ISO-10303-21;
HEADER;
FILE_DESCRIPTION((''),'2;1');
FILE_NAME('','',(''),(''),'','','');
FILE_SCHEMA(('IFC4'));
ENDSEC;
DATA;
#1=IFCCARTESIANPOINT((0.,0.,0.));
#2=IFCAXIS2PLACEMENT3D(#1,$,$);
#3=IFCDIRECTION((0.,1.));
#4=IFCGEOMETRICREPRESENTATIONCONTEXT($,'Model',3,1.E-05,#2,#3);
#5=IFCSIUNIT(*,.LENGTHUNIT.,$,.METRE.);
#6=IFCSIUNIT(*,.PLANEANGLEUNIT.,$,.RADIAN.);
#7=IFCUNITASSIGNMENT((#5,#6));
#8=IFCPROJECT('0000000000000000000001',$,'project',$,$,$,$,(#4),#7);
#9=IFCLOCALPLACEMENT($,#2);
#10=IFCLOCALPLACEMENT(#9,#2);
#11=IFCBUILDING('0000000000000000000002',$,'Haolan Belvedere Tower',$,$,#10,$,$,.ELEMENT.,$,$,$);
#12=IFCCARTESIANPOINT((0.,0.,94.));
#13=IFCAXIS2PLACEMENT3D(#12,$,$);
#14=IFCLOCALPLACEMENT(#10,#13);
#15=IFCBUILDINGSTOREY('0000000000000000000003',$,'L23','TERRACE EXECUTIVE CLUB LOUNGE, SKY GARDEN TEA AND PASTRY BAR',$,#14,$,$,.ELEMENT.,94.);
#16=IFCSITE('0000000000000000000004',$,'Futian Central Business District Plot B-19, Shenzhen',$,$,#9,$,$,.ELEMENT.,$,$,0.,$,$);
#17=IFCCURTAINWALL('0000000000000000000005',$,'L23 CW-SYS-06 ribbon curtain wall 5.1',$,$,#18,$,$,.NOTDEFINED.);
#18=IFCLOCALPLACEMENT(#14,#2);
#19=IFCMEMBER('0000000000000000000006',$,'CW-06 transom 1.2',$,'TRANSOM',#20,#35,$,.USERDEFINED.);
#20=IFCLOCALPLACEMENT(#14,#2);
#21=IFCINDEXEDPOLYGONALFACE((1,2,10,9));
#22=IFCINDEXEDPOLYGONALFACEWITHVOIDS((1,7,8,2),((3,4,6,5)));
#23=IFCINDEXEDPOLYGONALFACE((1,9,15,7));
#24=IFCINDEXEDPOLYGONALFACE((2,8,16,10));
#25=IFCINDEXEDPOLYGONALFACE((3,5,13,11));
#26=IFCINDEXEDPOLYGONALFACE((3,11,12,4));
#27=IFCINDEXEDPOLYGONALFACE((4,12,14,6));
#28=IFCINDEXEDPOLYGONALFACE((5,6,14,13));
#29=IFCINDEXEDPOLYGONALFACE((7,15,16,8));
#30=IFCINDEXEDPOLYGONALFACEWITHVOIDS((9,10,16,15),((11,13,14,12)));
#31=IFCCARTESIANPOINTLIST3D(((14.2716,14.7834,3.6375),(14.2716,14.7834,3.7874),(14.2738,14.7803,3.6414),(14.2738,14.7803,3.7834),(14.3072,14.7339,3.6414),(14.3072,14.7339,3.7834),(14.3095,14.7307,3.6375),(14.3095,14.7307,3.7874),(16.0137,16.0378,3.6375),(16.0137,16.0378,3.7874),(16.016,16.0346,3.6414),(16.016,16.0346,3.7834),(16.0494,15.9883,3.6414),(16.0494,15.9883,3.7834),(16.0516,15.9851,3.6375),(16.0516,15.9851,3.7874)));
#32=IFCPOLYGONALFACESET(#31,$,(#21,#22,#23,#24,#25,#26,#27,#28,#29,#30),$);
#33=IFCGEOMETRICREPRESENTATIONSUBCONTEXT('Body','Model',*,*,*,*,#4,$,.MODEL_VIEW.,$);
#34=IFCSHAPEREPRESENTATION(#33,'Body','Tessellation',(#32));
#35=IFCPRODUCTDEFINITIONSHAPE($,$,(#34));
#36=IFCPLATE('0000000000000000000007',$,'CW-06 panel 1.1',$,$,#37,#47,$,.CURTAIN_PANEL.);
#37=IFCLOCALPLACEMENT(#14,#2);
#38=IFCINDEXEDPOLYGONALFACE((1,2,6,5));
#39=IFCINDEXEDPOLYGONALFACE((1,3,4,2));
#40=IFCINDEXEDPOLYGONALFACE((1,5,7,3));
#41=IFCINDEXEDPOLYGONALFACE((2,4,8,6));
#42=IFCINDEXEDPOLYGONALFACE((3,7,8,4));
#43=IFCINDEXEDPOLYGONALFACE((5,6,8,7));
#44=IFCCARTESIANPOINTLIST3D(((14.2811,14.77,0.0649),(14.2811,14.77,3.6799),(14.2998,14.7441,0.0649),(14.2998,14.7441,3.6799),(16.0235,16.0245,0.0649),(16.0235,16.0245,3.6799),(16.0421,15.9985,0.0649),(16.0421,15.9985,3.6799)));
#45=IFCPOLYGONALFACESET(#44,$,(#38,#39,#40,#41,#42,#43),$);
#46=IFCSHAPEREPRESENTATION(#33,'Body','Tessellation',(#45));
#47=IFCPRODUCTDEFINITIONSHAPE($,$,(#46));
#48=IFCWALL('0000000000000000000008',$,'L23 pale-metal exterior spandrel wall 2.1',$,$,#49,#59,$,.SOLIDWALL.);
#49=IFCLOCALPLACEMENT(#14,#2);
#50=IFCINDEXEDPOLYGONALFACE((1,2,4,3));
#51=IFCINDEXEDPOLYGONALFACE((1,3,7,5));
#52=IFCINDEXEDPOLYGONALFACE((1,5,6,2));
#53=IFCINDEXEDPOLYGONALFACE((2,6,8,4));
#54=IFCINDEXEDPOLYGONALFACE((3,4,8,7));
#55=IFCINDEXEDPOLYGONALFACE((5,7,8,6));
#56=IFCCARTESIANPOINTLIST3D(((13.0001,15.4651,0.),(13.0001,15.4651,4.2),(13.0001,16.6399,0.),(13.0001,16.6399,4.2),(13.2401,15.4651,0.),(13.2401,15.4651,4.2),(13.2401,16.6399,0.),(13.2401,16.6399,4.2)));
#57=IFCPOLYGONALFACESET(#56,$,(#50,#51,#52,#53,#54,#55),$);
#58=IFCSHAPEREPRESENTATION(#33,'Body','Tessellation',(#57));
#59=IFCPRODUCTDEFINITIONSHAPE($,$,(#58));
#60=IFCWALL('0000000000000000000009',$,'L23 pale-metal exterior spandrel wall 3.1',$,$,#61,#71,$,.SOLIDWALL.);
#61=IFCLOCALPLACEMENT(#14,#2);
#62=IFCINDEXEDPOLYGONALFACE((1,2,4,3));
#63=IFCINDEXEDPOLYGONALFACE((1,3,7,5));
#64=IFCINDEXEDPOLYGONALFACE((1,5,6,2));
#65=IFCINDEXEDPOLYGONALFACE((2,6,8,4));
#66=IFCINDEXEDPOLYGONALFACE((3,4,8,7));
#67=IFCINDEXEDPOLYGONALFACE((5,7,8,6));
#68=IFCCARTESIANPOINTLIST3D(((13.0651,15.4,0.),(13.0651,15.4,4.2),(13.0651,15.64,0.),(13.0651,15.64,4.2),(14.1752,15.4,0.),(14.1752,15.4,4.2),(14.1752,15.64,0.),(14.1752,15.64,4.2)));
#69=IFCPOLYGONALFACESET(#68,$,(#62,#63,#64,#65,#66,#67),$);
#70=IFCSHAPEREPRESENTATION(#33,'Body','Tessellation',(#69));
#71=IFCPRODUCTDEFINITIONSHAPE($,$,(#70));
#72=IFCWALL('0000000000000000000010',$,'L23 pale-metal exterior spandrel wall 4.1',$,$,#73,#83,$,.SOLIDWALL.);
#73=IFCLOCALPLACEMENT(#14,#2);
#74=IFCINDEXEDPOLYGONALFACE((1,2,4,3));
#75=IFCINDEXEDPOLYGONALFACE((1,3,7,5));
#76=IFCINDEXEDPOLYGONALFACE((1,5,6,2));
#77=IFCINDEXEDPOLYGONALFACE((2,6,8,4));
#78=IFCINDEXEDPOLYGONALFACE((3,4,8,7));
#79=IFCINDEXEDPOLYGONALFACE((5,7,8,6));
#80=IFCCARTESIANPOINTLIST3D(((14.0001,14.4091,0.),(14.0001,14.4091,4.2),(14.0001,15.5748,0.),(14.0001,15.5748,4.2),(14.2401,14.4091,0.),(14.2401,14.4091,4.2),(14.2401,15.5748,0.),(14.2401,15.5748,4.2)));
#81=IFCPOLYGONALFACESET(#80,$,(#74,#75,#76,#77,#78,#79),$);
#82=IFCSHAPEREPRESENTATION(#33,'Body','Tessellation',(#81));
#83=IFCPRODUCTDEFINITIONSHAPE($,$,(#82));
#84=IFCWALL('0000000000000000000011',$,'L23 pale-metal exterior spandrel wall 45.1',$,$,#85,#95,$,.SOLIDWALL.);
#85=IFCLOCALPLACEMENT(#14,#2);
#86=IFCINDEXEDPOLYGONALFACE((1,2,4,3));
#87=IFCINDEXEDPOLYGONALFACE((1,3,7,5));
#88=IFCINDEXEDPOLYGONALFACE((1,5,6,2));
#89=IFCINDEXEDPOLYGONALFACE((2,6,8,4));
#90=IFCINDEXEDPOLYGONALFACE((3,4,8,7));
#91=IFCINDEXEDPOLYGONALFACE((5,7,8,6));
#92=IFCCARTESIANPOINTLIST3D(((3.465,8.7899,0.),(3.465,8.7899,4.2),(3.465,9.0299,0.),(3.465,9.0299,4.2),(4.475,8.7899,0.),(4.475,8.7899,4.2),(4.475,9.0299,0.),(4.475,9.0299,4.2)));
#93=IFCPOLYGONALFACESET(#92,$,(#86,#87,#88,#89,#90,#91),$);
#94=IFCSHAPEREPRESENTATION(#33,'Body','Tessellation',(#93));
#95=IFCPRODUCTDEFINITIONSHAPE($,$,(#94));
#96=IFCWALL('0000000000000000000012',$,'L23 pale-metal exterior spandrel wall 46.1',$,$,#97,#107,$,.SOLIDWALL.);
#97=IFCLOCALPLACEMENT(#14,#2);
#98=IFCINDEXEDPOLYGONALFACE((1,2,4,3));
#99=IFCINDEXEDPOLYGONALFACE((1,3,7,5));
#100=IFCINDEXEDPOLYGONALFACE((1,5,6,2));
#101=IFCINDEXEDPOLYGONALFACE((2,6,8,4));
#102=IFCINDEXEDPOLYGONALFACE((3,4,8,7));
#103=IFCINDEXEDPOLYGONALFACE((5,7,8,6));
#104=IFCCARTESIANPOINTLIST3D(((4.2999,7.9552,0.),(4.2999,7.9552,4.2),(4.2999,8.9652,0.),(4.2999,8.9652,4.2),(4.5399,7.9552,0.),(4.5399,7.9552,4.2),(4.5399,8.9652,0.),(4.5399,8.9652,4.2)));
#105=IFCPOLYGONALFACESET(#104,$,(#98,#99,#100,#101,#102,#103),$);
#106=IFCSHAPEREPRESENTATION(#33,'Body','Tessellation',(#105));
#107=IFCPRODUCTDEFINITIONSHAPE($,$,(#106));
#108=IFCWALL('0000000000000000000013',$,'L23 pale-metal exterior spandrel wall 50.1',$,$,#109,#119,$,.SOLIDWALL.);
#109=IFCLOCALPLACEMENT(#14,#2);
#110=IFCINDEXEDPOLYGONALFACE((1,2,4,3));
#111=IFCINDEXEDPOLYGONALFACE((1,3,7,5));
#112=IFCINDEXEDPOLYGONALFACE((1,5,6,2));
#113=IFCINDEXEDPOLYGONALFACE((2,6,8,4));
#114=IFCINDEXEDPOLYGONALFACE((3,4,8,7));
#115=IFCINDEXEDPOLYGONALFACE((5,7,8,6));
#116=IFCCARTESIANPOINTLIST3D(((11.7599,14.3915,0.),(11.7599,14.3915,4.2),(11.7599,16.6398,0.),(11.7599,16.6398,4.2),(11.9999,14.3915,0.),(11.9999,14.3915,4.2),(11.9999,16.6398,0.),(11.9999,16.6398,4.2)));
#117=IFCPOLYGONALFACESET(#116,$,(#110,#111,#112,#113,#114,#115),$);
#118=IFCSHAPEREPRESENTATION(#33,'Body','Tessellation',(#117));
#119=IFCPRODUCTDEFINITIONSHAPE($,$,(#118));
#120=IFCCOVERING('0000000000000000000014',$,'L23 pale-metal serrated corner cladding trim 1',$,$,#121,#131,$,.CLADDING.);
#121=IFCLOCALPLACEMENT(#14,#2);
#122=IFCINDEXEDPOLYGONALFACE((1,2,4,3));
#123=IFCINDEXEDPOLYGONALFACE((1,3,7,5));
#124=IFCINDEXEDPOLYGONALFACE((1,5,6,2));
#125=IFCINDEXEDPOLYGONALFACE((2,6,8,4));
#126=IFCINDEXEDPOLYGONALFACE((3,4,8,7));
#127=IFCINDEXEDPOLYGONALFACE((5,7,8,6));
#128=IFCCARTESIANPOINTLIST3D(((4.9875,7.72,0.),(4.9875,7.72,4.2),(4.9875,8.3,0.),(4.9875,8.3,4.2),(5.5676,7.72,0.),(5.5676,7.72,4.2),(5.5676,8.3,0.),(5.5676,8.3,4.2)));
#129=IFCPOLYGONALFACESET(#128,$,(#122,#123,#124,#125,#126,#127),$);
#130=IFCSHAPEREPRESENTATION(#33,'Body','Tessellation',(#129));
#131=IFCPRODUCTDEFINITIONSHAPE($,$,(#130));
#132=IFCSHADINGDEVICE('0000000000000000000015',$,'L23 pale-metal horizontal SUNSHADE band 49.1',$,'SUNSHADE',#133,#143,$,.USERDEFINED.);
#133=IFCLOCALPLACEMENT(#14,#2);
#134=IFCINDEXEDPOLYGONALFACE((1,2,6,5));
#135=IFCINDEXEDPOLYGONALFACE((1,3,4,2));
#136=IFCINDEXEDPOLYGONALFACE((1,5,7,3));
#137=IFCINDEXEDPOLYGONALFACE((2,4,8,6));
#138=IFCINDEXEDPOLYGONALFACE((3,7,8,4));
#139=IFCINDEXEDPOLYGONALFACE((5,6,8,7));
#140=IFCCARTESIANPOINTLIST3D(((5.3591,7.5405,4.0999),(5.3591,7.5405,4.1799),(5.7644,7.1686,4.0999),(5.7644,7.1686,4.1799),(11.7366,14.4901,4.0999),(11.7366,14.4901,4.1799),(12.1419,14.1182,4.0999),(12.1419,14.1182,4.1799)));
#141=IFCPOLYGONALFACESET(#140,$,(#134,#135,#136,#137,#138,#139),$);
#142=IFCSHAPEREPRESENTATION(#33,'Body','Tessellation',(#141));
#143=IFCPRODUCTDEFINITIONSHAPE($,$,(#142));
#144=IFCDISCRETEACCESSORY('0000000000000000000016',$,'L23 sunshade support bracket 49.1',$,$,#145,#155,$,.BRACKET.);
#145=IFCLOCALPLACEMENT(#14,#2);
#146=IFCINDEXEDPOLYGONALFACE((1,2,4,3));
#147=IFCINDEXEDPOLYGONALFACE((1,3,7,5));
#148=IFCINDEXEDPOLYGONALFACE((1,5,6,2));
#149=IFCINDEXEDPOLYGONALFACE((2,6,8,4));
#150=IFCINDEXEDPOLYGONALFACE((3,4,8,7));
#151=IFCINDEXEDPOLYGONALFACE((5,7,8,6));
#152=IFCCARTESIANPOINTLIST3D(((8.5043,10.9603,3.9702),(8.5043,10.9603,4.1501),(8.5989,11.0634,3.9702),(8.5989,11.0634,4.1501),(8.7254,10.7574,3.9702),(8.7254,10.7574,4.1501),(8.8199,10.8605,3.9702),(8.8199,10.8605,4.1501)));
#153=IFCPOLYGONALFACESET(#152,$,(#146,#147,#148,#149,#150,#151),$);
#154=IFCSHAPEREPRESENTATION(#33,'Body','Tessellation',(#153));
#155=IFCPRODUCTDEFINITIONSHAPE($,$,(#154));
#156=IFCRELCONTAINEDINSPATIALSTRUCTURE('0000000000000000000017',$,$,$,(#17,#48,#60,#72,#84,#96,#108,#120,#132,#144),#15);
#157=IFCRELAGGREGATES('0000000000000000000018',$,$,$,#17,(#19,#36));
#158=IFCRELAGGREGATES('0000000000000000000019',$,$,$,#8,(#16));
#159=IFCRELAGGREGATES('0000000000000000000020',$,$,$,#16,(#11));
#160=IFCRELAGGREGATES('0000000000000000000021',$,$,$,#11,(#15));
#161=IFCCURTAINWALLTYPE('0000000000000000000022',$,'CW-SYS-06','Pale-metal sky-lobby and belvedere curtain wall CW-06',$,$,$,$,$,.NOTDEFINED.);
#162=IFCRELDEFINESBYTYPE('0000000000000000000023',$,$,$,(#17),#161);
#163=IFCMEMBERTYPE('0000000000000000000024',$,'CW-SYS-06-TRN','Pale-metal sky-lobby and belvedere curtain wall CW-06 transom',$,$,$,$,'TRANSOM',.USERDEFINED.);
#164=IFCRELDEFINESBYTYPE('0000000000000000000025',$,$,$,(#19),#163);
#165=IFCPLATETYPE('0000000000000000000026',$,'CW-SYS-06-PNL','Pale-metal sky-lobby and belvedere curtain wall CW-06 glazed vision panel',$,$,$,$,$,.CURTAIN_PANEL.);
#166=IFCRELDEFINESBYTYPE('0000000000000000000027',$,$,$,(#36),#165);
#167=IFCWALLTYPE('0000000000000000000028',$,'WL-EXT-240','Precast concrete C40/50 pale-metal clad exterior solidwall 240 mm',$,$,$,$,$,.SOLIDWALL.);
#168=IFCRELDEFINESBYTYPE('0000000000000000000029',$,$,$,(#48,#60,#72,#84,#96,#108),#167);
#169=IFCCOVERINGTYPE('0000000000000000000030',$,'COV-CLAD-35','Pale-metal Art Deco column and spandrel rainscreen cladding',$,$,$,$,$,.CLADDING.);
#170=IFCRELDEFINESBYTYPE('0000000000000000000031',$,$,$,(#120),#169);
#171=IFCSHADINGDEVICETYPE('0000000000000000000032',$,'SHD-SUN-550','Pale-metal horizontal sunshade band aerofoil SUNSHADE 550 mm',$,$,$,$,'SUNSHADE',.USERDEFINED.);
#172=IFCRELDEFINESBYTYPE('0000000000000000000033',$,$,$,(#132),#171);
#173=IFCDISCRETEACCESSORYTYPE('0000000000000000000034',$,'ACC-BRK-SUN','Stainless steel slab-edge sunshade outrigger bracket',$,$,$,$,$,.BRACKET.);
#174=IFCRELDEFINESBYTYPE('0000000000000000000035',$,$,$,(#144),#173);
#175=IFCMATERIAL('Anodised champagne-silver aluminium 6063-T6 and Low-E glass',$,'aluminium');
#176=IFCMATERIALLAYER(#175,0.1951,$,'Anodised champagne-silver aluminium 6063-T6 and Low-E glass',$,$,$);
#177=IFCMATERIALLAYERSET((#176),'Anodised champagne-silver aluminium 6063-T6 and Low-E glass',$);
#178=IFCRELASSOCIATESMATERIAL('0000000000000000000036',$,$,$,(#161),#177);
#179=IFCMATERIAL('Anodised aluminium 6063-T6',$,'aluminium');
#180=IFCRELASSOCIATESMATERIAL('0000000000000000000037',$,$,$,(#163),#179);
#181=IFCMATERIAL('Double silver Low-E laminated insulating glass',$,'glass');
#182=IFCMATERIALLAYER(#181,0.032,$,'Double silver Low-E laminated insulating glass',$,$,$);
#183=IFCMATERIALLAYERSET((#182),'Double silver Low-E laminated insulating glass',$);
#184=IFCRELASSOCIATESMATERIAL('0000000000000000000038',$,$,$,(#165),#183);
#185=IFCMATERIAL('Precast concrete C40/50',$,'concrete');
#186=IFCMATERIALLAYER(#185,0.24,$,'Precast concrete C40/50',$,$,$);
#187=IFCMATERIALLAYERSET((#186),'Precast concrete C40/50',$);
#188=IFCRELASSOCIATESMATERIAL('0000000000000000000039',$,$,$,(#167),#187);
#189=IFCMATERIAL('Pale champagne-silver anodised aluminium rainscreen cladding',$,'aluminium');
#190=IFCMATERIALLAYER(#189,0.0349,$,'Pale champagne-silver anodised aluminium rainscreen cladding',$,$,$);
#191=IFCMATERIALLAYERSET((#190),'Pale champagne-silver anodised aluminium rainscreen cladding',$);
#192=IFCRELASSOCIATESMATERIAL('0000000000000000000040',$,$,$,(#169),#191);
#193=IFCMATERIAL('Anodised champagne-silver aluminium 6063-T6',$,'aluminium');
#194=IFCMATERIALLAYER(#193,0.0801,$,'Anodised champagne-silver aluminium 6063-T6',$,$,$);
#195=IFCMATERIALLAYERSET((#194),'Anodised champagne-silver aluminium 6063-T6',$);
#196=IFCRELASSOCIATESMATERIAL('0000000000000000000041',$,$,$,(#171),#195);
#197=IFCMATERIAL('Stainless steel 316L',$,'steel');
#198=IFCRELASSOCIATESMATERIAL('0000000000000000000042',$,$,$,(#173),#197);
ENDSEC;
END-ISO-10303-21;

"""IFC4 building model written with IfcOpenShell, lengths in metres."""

from ifc_helpers import new_model, si_unit, direction, frame, frame_2d, origin, origin_2d, place, context, subcontext, project, spatial, rectangle, hollow_rectangle, extrude, material, layer, layer_set, material_profile, profile_set, type_object, element, aggregate, save


model = new_model("IFC4")

# Units and contexts
model_context = context("Model", 3, precision=1e-05, world=origin(), true_north=direction((0.0, 1.0)))
body_context = subcontext(model_context, "Body", "Model", "MODEL_VIEW")
ifc_project = project(units=[si_unit("LENGTHUNIT", "METRE"), si_unit("PLANEANGLEUNIT", "RADIAN")], contexts=[model_context])

# Site, building, storey
site_placement = place(None, origin())
site = spatial("IfcSite", under=ifc_project, at=site_placement, Name="Futian Central Business District Plot B-19, Shenzhen", CompositionType="ELEMENT", RefElevation=0.0)
building_placement = place(site_placement, origin())
building = spatial("IfcBuilding", under=site, at=building_placement, Name="Haolan Belvedere Tower", CompositionType="ELEMENT")
storey_placement = place(building_placement, frame((0.0, 0.0, 94.0)))
storey = spatial("IfcBuildingStorey", under=building, at=storey_placement, Name="L23", Description="TERRACE EXECUTIVE CLUB LOUNGE, SKY GARDEN TEA AND PASTRY BAR", CompositionType="ELEMENT", Elevation=94.0)

# Curtain wall, member, plate
ifc_material_1 = material(Name="Anodised champagne-silver aluminium 6063-T6 and Low-E glass", Category="aluminium")
ifc_layer_1 = layer(ifc_material_1, 0.1951, Name="Anodised champagne-silver aluminium 6063-T6 and Low-E glass")
ifc_layer_set_1 = layer_set([ifc_layer_1], Name="Anodised champagne-silver aluminium 6063-T6 and Low-E glass")
curtain_wall_type = type_object("IfcCurtainWallType", Name="CW-SYS-06", Description="Pale-metal sky-lobby and belvedere curtain wall CW-06", PredefinedType="NOTDEFINED", material=ifc_layer_set_1)
curtain_wall_placement = place(storey_placement, origin())
curtain_wall = element("IfcCurtainWall", 1, at=curtain_wall_placement, inside=storey, type_object=curtain_wall_type, Name="L23 CW-SYS-06 ribbon curtain wall 5.1", PredefinedType="NOTDEFINED")
ifc_material_2 = material(Name="Anodised aluminium 6063-T6", Category="aluminium")
ifc_material_profile_1 = material_profile(ifc_material_2, hollow_rectangle(XDim=0.0649, YDim=0.1499, WallThickness=0.0039, at=origin_2d()), Name="Anodised aluminium 6063-T6")
ifc_profile_set_1 = profile_set([ifc_material_profile_1], Name="Anodised aluminium 6063-T6")
member_type_1 = type_object("IfcMemberType", Name="CW-SYS-06-TRN", Description="Pale-metal sky-lobby and belvedere curtain wall CW-06 transom", ElementType="TRANSOM", PredefinedType="USERDEFINED", material=ifc_profile_set_1)
member_1_placement = place(storey_placement, frame((14.2905, 14.7571, 3.7124), z_axis=(0.81153, 0.584311, 0.0), x_axis=(-0.584311, 0.81153, 0.0)))
member_1 = element("IfcMember", 2, at=member_1_placement, type_object=member_type_1, Name="CW-06 transom 1.2", ObjectType="TRANSOM", PredefinedType="USERDEFINED", context=body_context, shape_type="SweptSolid", body=[
    extrude(hollow_rectangle(XDim=0.0649, YDim=0.1499, WallThickness=0.0039, at=origin_2d()), origin(), (0.0, 0.0, 1.0), 2.1467),
])
ifc_material_3 = material(Name="Double silver Low-E laminated insulating glass", Category="glass")
ifc_layer_2 = layer(ifc_material_3, 0.032, Name="Double silver Low-E laminated insulating glass")
ifc_layer_set_2 = layer_set([ifc_layer_2], Name="Double silver Low-E laminated insulating glass")
plate_type = type_object("IfcPlateType", Name="CW-SYS-06-PNL", Description="Pale-metal sky-lobby and belvedere curtain wall CW-06 glazed vision panel", PredefinedType="CURTAIN_PANEL", material=ifc_layer_set_2)
plate_placement = place(storey_placement, frame((15.1616, 15.3843, 0.0649), z_axis=(0.0, 0.0, 1.0), x_axis=(0.81154, 0.584297, 0.0)))
plate = element("IfcPlate", 3, at=plate_placement, type_object=plate_type, Name="CW-06 panel 1.1", PredefinedType="CURTAIN_PANEL", context=body_context, shape_type="SweptSolid", body=[
    extrude(rectangle(XDim=2.147, YDim=0.032, at=origin_2d()), origin(), (0.0, 0.0, 1.0), 3.615),
])
aggregate(curtain_wall, [member_1, plate])

# Walls
ifc_material_4 = material(Name="Precast concrete C40/50", Category="concrete")
ifc_layer_3 = layer(ifc_material_4, 0.24, Name="Precast concrete C40/50")
ifc_layer_set_3 = layer_set([ifc_layer_3], Name="Precast concrete C40/50")
wall_type = type_object("IfcWallType", Name="WL-EXT-240", Description="Precast concrete C40/50 pale-metal clad exterior solidwall 240 mm", PredefinedType="SOLIDWALL", material=ifc_layer_set_3)
wall_1_placement = place(storey_placement, frame((13.1201, 16.6399, 0.0), z_axis=(0.0, 0.0, 1.0), x_axis=(0.0, -1.0, 0.0)))
element("IfcWall", 4, at=wall_1_placement, inside=storey, type_object=wall_type, Name="L23 pale-metal exterior spandrel wall 2.1", PredefinedType="SOLIDWALL", context=body_context, shape_type="SweptSolid", body=[
    extrude(rectangle(XDim=1.1748, YDim=0.24, at=frame_2d((0.5874, 0.0))), origin(), (0.0, 0.0, 1.0), 4.2),
])
wall_2_placement = place(storey_placement, frame((13.0649, 15.52, 0.0), z_axis=(0.0, 0.0, 1.0), x_axis=(1.0, 0.0, 0.0)))
element("IfcWall", 5, at=wall_2_placement, inside=storey, type_object=wall_type, Name="L23 pale-metal exterior spandrel wall 3.1", PredefinedType="SOLIDWALL", context=body_context, shape_type="SweptSolid", body=[
    extrude(rectangle(XDim=1.1101, YDim=0.24, at=frame_2d((0.5552, 0.0))), origin(), (0.0, 0.0, 1.0), 4.2),
])
wall_3_placement = place(storey_placement, frame((14.1201, 15.575, 0.0), z_axis=(0.0, 0.0, 1.0), x_axis=(0.0, -1.0, 0.0)))
element("IfcWall", 6, at=wall_3_placement, inside=storey, type_object=wall_type, Name="L23 pale-metal exterior spandrel wall 4.1", PredefinedType="SOLIDWALL", context=body_context, shape_type="SweptSolid", body=[
    extrude(rectangle(XDim=1.1658, YDim=0.24, at=frame_2d((0.583, 0.0))), origin(), (0.0, 0.0, 1.0), 4.2),
])
for number, where, z_axis, x_axis, name in (
    (7, (3.4651, 8.9099, 0.0), (0.0, 0.0, 1.0), (1.0, 0.0, 0.0), "L23 pale-metal exterior spandrel wall 45.1"),
    (8, (4.4199, 8.9651, 0.0), (0.0, 0.0, 1.0), (0.0, -1.0, 0.0), "L23 pale-metal exterior spandrel wall 46.1"),
):
    element("IfcWall", number, at=place(storey_placement, frame(where, z_axis=z_axis, x_axis=x_axis)), inside=storey, type_object=wall_type, Name=name, PredefinedType="SOLIDWALL", context=body_context, shape_type="SweptSolid", body=[
        extrude(rectangle(XDim=1.01, YDim=0.24, at=frame_2d((0.5049, 0.0))), origin(), (0.0, 0.0, 1.0), 4.2),
    ])
wall_4_placement = place(storey_placement, frame((11.8799, 14.3916, 0.0), z_axis=(0.0, 0.0, 1.0), x_axis=(0.0, 1.0, 0.0)))
element("IfcWall", 9, at=wall_4_placement, inside=storey, type_object=wall_type, Name="L23 pale-metal exterior spandrel wall 50.1", PredefinedType="SOLIDWALL", context=body_context, shape_type="SweptSolid", body=[
    extrude(rectangle(XDim=2.2483, YDim=0.24, at=frame_2d((1.124, 0.0))), origin(), (0.0, 0.0, 1.0), 4.2),
])

# Covering
ifc_material_5 = material(Name="Pale champagne-silver anodised aluminium rainscreen cladding", Category="aluminium")
ifc_layer_4 = layer(ifc_material_5, 0.0349, Name="Pale champagne-silver anodised aluminium rainscreen cladding")
ifc_layer_set_4 = layer_set([ifc_layer_4], Name="Pale champagne-silver anodised aluminium rainscreen cladding")
covering_type = type_object("IfcCoveringType", Name="COV-CLAD-35", Description="Pale-metal Art Deco column and spandrel rainscreen cladding", PredefinedType="CLADDING", material=ifc_layer_set_4)
covering_placement = place(storey_placement, frame((5.2776, 8.01, 0.0), z_axis=(0.0, 0.0, 1.0), x_axis=(1.0, 0.0, 0.0)))
element("IfcCovering", 10, at=covering_placement, inside=storey, type_object=covering_type, Name="L23 pale-metal serrated corner cladding trim 1", PredefinedType="CLADDING", context=body_context, shape_type="SweptSolid", body=[
    extrude(rectangle(XDim=0.5801, YDim=0.5801, at=origin_2d()), origin(), (0.0, 0.0, 1.0), 4.2),
])

# Shading device
ifc_material_6 = material(Name="Anodised champagne-silver aluminium 6063-T6", Category="aluminium")
ifc_layer_5 = layer(ifc_material_6, 0.0801, Name="Anodised champagne-silver aluminium 6063-T6")
ifc_layer_set_5 = layer_set([ifc_layer_5], Name="Anodised champagne-silver aluminium 6063-T6")
shading_device_type = type_object("IfcShadingDeviceType", Name="SHD-SUN-550", Description="Pale-metal horizontal sunshade band aerofoil SUNSHADE 550 mm", ElementType="SUNSHADE", PredefinedType="USERDEFINED", material=ifc_layer_set_5)
shading_device_placement = place(storey_placement, frame((8.7505, 10.8293, 4.0999), z_axis=(0.0, 0.0, 1.0), x_axis=(0.67613, 0.736782, 0.0)))
element("IfcShadingDevice", 11, at=shading_device_placement, inside=storey, type_object=shading_device_type, Name="L23 pale-metal horizontal SUNSHADE band 49.1", ObjectType="SUNSHADE", PredefinedType="USERDEFINED", context=body_context, shape_type="SweptSolid", body=[
    extrude(rectangle(XDim=9.4324, YDim=0.55, at=origin_2d()), origin(), (0.0, 0.0, 1.0), 0.0801),
])

# Discrete accessory
ifc_material_7 = material(Name="Stainless steel 316L", Category="steel")
discrete_accessory_type = type_object("IfcDiscreteAccessoryType", Name="ACC-BRK-SUN", Description="Stainless steel slab-edge sunshade outrigger bracket", PredefinedType="BRACKET", material=ifc_material_7)
discrete_accessory_placement = place(storey_placement, frame((8.6621, 10.9104, 3.9702), z_axis=(0.0, 0.0, 1.0), x_axis=(0.67613, 0.736782, 0.0)))
element("IfcDiscreteAccessory", 12, at=discrete_accessory_placement, inside=storey, type_object=discrete_accessory_type, Name="L23 sunshade support bracket 49.1", PredefinedType="BRACKET", context=body_context, shape_type="SweptSolid", body=[
    extrude(rectangle(XDim=0.1399, YDim=0.3, at=origin_2d()), origin(), (0.0, 0.0, 1.0), 0.1799),
])

save(model, "model.ifc")
